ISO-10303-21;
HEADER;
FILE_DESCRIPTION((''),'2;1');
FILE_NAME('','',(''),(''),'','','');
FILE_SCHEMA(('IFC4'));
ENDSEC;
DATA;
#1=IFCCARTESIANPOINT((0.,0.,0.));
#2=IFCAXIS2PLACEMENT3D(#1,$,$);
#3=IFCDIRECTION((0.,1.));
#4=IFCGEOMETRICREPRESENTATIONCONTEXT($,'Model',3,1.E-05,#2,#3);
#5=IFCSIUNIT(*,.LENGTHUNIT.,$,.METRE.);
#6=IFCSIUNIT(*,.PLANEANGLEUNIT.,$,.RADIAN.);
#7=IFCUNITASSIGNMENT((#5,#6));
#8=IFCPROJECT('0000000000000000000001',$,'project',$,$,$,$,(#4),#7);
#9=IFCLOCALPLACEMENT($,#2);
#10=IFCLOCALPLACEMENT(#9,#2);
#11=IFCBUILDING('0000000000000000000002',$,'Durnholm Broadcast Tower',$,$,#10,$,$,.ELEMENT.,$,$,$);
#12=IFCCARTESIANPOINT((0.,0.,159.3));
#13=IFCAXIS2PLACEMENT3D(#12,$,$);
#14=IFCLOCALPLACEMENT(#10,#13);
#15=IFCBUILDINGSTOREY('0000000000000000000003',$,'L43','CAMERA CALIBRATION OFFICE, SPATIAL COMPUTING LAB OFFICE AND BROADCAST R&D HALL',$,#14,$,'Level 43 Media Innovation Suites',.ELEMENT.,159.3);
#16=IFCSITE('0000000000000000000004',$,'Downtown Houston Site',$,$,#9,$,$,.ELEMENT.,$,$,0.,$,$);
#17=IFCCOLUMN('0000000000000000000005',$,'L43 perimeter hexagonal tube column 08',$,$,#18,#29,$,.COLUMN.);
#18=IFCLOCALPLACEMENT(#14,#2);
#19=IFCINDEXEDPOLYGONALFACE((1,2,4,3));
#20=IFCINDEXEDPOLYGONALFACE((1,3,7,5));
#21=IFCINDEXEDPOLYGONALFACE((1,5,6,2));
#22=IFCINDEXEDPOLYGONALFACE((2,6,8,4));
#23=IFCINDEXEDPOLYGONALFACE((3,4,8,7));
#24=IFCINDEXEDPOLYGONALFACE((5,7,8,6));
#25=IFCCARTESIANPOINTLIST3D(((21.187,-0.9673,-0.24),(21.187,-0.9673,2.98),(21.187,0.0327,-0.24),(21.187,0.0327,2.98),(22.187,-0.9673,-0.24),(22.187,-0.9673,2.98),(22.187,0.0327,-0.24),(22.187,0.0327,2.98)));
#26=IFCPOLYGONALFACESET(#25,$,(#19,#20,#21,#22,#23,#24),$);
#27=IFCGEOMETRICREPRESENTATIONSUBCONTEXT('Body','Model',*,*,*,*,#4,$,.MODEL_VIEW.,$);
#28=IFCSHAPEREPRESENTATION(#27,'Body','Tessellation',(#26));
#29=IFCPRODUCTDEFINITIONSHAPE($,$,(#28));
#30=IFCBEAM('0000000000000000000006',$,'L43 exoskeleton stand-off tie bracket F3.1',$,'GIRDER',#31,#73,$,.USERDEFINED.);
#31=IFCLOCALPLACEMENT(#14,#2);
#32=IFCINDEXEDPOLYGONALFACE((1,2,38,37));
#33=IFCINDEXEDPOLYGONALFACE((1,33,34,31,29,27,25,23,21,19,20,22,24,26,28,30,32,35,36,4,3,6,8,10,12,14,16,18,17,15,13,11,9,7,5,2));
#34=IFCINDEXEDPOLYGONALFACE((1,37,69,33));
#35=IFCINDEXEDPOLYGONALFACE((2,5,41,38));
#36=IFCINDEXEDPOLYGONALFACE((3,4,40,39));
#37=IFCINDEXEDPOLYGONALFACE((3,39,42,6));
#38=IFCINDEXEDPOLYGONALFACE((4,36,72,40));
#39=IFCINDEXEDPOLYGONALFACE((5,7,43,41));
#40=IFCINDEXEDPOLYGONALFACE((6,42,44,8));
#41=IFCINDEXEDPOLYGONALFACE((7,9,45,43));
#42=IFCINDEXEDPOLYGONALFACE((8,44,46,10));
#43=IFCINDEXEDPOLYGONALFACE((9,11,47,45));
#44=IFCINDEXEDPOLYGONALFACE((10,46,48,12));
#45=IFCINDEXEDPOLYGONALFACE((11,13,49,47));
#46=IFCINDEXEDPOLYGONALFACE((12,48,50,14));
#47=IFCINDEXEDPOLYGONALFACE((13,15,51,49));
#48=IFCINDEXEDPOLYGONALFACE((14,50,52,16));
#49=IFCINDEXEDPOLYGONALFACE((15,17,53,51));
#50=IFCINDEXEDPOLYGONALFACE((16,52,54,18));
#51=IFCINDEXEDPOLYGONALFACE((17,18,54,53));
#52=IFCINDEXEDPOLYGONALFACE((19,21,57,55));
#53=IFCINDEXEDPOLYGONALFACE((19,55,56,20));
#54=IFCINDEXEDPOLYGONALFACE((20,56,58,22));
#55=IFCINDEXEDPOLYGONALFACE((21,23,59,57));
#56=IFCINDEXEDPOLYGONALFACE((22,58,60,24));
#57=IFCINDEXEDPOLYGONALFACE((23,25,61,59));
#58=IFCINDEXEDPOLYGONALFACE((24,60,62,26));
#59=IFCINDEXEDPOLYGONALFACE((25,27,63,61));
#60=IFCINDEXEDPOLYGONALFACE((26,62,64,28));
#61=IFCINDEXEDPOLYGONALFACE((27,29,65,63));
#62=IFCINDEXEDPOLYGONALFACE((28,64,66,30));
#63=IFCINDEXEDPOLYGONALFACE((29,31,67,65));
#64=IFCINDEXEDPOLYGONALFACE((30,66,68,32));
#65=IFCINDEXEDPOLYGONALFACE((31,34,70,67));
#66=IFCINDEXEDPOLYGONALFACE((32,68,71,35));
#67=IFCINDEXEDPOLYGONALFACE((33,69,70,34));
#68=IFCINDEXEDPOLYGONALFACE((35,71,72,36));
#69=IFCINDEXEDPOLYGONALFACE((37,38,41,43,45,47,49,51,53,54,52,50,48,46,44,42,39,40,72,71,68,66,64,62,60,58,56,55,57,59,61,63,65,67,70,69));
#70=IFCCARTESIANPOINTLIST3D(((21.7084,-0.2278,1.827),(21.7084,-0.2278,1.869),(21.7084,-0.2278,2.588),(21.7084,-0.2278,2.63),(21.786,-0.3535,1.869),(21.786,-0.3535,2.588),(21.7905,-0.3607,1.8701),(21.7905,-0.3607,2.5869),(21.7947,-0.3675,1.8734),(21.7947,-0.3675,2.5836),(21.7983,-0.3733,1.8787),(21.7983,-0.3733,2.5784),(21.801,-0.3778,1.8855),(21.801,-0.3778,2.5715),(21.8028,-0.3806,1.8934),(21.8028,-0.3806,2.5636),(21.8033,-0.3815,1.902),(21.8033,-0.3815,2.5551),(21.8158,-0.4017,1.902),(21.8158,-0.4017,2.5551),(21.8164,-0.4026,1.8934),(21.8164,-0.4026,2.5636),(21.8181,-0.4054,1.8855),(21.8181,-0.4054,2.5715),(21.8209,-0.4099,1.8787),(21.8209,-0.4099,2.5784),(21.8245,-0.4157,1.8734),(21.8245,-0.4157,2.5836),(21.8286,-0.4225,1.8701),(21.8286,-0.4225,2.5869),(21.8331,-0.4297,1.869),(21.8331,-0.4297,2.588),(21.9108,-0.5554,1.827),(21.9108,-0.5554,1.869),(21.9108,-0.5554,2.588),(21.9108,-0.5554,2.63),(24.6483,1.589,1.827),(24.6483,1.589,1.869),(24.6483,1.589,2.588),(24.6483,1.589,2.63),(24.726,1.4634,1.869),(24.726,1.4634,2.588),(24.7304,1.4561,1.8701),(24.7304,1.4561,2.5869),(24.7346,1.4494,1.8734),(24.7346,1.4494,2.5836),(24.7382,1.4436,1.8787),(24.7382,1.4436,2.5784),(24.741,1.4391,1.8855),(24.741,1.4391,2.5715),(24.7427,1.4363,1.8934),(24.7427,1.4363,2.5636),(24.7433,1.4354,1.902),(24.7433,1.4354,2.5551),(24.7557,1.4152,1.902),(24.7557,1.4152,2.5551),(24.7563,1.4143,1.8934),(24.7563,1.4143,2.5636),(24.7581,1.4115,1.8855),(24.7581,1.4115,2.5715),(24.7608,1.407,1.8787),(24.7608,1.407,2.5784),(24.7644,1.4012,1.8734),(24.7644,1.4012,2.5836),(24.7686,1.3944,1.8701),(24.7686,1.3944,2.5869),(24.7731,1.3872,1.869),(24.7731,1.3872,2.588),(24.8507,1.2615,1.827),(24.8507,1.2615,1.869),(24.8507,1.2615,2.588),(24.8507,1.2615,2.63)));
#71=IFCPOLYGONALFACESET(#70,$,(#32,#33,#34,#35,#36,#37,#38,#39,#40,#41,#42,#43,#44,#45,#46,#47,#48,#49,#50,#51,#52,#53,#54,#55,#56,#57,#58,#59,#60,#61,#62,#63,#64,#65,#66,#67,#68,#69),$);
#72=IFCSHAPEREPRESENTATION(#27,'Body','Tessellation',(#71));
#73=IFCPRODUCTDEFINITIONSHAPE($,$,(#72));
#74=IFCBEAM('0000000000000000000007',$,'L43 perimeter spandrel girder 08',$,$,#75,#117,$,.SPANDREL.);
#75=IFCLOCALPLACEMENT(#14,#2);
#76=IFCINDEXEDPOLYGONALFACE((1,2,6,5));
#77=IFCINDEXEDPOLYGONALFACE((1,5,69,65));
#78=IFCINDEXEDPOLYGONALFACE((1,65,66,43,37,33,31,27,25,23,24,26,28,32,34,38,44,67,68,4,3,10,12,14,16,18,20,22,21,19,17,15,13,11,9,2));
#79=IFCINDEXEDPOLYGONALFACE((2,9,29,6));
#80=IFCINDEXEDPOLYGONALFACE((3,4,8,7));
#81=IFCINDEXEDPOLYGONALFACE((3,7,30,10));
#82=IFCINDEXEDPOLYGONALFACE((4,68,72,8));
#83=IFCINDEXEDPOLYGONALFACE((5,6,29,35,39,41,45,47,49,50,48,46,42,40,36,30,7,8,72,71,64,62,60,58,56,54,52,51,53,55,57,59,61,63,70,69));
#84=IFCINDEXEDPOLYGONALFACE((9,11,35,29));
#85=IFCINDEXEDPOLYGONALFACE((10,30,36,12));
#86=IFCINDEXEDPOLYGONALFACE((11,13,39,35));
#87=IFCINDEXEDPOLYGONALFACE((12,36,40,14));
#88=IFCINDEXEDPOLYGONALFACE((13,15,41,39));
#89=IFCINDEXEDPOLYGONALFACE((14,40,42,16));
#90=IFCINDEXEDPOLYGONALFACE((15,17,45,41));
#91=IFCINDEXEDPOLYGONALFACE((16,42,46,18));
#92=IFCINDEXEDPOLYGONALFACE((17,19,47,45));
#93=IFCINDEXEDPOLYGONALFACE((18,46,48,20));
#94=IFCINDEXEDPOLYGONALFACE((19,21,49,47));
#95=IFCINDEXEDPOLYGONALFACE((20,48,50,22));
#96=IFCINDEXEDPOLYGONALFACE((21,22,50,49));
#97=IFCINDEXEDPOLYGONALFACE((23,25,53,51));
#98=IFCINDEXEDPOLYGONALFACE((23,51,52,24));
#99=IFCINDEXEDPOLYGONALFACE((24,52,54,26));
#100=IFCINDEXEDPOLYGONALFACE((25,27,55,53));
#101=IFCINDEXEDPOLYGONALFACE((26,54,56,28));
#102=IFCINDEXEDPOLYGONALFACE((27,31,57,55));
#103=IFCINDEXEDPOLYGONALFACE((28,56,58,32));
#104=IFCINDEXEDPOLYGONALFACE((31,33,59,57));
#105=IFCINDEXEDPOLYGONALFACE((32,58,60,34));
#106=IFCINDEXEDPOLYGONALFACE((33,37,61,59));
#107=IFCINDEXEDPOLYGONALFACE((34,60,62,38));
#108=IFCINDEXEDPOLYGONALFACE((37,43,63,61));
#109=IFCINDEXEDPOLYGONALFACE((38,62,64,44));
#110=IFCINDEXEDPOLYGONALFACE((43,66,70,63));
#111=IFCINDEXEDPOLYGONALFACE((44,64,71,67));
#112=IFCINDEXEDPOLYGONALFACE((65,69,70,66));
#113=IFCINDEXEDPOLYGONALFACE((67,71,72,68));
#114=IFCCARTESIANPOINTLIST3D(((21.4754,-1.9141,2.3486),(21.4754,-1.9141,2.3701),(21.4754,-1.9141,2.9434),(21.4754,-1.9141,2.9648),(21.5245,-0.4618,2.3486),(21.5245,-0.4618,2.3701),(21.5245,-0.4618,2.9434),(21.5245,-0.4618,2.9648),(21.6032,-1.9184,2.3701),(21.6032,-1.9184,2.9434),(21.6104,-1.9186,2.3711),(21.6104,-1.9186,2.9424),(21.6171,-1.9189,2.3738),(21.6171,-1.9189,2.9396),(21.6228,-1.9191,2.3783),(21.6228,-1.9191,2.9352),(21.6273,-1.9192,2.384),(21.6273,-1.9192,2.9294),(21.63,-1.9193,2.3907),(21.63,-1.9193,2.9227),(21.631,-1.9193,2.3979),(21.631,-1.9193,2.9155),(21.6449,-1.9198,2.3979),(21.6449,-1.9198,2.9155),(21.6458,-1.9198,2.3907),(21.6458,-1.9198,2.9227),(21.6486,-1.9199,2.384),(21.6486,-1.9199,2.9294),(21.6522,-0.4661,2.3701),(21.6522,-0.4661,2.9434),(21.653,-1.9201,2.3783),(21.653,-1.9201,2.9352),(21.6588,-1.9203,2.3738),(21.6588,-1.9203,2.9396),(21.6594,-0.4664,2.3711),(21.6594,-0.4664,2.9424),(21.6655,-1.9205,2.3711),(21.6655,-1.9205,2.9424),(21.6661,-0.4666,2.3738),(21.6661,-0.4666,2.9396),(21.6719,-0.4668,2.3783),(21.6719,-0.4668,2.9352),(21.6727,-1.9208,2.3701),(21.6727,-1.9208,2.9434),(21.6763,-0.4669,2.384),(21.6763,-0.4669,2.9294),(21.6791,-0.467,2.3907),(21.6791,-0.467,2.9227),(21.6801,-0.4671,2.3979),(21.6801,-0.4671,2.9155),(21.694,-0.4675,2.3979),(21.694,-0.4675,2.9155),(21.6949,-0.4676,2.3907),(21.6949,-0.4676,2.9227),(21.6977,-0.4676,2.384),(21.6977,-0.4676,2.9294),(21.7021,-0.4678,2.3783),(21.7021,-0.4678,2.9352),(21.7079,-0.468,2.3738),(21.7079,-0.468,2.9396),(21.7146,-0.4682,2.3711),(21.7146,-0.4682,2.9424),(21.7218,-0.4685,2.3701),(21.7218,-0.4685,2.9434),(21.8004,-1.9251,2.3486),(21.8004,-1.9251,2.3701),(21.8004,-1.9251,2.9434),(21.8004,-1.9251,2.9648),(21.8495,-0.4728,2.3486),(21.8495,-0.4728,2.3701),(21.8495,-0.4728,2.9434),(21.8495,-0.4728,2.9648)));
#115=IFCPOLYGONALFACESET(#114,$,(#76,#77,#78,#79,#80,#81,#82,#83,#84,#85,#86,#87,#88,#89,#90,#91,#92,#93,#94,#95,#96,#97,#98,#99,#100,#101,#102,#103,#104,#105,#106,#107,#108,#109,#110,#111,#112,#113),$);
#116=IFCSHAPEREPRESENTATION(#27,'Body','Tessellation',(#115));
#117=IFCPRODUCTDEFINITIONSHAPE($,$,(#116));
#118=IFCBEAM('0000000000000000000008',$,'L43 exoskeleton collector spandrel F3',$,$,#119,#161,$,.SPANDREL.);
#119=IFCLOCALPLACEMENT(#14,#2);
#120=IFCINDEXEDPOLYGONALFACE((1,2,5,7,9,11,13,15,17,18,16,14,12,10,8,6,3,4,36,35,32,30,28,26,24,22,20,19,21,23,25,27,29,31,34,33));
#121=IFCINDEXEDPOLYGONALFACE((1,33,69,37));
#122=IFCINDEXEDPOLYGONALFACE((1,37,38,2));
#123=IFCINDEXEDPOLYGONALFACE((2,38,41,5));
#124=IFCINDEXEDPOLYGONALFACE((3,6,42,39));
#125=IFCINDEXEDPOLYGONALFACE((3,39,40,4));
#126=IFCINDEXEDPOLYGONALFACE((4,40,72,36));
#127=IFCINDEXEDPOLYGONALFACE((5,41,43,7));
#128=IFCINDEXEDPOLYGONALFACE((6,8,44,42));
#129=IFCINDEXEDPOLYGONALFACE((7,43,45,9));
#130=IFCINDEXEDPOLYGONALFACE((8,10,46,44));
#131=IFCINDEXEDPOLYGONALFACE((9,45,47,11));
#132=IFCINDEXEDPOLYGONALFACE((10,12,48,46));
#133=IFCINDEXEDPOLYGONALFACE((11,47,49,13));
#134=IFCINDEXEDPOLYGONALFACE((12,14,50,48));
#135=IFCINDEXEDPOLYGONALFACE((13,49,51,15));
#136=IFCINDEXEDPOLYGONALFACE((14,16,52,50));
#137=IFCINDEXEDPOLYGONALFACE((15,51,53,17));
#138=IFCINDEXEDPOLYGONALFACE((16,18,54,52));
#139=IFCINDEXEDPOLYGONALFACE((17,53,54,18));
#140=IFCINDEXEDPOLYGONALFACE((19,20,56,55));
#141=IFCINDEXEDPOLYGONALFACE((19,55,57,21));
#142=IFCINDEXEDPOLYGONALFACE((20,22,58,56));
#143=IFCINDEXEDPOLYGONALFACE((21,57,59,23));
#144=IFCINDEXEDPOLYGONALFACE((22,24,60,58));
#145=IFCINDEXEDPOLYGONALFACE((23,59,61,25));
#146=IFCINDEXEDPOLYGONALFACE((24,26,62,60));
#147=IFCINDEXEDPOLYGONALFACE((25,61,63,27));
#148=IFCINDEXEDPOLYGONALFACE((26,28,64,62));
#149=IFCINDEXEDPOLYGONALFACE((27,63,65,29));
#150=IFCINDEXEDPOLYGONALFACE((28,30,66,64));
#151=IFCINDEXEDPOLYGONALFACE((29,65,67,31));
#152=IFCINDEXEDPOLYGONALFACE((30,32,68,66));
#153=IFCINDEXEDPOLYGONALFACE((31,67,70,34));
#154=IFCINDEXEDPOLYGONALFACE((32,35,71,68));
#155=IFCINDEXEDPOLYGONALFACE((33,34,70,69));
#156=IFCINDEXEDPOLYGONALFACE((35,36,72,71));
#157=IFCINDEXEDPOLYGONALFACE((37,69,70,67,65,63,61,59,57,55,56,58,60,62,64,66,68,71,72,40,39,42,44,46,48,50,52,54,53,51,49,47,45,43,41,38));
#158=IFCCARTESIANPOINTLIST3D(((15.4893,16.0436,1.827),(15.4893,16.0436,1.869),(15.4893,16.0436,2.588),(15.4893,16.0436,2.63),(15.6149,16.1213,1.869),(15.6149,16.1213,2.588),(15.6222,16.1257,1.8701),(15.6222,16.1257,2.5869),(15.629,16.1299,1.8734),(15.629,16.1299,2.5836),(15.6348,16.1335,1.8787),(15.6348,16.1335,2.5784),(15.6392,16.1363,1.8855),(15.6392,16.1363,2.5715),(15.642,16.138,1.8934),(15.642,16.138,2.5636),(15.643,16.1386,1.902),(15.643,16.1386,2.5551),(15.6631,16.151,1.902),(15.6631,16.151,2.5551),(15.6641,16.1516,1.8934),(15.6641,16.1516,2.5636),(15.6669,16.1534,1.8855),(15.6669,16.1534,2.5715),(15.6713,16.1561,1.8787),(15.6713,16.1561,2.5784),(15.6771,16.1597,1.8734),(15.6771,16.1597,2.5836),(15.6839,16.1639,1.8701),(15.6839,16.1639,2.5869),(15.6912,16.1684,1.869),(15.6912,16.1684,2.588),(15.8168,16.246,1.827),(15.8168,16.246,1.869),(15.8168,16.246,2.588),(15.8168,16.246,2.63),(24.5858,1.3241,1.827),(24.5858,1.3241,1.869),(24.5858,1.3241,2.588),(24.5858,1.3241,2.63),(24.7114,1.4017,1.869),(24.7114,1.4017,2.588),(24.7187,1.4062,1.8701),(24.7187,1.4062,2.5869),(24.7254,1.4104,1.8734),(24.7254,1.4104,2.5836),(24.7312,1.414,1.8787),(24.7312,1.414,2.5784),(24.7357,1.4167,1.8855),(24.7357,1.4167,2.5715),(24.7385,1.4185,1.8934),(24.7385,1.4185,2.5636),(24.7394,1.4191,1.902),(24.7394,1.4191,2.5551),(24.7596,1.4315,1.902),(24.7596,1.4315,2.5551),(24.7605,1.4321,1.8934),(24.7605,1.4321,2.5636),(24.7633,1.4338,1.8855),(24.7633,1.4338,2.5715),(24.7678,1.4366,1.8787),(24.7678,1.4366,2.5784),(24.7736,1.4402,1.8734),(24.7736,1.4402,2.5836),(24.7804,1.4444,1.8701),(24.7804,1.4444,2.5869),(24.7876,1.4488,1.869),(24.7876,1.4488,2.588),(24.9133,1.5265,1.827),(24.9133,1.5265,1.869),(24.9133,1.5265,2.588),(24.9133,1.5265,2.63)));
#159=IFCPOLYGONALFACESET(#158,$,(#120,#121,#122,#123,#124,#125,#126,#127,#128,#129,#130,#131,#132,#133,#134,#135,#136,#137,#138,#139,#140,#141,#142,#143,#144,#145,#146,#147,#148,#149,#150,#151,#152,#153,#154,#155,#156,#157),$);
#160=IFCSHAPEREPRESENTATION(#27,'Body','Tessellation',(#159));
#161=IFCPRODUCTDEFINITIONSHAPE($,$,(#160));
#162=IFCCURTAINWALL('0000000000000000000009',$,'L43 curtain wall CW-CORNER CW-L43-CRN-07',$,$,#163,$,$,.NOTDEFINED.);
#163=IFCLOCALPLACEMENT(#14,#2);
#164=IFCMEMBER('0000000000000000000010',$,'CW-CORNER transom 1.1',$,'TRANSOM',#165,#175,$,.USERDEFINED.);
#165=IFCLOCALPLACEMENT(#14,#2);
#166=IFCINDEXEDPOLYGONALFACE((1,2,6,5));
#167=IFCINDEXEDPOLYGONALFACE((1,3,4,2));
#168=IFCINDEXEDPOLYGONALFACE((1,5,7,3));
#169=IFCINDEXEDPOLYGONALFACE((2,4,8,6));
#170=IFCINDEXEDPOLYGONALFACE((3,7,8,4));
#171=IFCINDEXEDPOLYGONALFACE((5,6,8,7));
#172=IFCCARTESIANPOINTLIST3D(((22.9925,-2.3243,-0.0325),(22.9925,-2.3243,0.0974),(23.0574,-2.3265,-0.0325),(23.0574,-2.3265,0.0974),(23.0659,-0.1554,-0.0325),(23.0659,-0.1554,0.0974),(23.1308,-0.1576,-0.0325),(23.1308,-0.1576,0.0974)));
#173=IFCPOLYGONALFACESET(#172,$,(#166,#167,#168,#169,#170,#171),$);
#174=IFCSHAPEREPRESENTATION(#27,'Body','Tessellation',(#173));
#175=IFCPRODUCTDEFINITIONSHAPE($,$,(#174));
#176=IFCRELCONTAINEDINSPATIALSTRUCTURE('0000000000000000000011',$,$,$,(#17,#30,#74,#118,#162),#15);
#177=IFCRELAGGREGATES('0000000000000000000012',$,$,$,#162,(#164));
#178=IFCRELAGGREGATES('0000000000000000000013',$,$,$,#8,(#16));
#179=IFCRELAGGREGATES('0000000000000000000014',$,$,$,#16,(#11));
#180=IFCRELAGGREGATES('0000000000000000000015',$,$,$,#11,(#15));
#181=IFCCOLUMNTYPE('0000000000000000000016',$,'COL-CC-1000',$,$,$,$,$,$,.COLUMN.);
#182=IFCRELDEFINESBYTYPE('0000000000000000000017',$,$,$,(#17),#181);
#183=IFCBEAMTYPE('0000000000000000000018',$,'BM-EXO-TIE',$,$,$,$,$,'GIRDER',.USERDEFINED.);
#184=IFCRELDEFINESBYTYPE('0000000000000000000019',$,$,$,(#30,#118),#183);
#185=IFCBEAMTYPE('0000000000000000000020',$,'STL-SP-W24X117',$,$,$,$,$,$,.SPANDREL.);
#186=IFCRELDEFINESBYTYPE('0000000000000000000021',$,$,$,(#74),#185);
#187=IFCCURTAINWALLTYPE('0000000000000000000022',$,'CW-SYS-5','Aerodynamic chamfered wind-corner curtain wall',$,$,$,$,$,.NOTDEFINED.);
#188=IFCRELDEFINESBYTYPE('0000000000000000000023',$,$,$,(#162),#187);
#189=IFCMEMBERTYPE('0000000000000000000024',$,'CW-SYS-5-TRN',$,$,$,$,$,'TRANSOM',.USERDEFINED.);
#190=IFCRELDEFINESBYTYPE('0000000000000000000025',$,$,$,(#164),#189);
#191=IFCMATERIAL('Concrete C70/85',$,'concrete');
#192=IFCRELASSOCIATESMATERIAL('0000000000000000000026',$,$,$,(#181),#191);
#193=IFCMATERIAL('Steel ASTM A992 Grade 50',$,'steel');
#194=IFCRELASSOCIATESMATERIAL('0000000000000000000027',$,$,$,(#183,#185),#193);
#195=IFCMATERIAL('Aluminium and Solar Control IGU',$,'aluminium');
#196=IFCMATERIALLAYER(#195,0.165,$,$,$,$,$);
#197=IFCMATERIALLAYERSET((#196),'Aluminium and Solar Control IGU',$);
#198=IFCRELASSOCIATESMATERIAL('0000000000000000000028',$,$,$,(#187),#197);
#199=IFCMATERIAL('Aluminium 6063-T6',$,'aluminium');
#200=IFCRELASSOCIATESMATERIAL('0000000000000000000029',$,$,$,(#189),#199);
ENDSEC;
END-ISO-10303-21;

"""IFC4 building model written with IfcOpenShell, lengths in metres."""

from ifc_helpers import new_model, si_unit, direction, frame, origin, origin_2d, place, context, subcontext, project, spatial, rectangle, i_section, extrude, source, transform, mapped, material, layer, layer_set, material_profile, profile_set, type_object, type_shapes, element, aggregate, save


model = new_model("IFC4")

# Units and contexts
model_context = context("Model", 3, precision=1e-05, world=origin(), true_north=direction((0.0, 1.0)))
body_context = subcontext(model_context, "Body", "Model", "MODEL_VIEW")
ifc_project = project(units=[si_unit("LENGTHUNIT", "METRE"), si_unit("PLANEANGLEUNIT", "RADIAN")], contexts=[model_context])

# Site, building, storey
site_placement = place(None, origin())
site = spatial("IfcSite", under=ifc_project, at=site_placement, Name="Downtown Houston Site", CompositionType="ELEMENT", RefElevation=0.0)
building_placement = place(site_placement, origin())
building = spatial("IfcBuilding", under=site, at=building_placement, Name="Durnholm Broadcast Tower", CompositionType="ELEMENT")
storey_placement = place(building_placement, frame((0.0, 0.0, 159.3)))
storey = spatial("IfcBuildingStorey", under=building, at=storey_placement, Name="L43", Description="CAMERA CALIBRATION OFFICE, SPATIAL COMPUTING LAB OFFICE AND BROADCAST R&D HALL", LongName="Level 43 Media Innovation Suites", CompositionType="ELEMENT", Elevation=159.3)

# Column
ifc_material_1 = material(Name="Concrete C70/85", Category="concrete")
ifc_material_profile_1 = material_profile(ifc_material_1, rectangle(XDim=1.0, YDim=1.0, at=origin_2d()), Name="RC1000X1000")
ifc_profile_set_1 = profile_set([ifc_material_profile_1], Name="Concrete C70/85")
column_type = type_object("IfcColumnType", Name="COL-CC-1000", PredefinedType="COLUMN", material=ifc_profile_set_1)
shared_shape_1 = source(origin(), body_context, "Body", "SweptSolid", [
    extrude(rectangle(XDim=1.0, YDim=1.0, at=origin_2d()), origin(), (0.0, 0.0, 1.0), 3.22),
])
type_shapes(column_type, [shared_shape_1])
column_placement = place(storey_placement, frame((21.687, -0.4673, -0.24), z_axis=(0.0, 0.0, 1.0), x_axis=(1.0, 0.0, 0.0)))
element("IfcColumn", 1, at=column_placement, inside=storey, type_object=column_type, Name="L43 perimeter hexagonal tube column 08", PredefinedType="COLUMN", context=body_context, shape_type="MappedRepresentation", body=[
    mapped(shared_shape_1, transform((0.0, 0.0, 0.0), x_axis=(1.0, 0.0, 0.0), y_axis=(0.0, 1.0, 0.0), z_axis=(0.0, 0.0, 1.0), scale=1.0)),
])

# Beams
ifc_material_2 = material(Name="Steel ASTM A992 Grade 50", Category="steel")
ifc_material_profile_2 = material_profile(ifc_material_2, i_section(OverallWidth=0.385, OverallDepth=0.803, WebThickness=0.0237, FlangeThickness=0.042, FilletRadius=0.033, at=origin_2d()), Name="W30X261")
ifc_profile_set_2 = profile_set([ifc_material_profile_2], Name="Steel ASTM A992 Grade 50")
beam_type_1 = type_object("IfcBeamType", Name="BM-EXO-TIE", ElementType="GIRDER", PredefinedType="USERDEFINED", material=ifc_profile_set_2)
shared_shape_2 = source(origin(), body_context, "Body", "SweptSolid", [
    extrude(i_section(OverallWidth=0.385, OverallDepth=0.803, WebThickness=0.0237, FlangeThickness=0.042, FilletRadius=0.033, at=origin_2d()), origin(), (0.0, 0.0, 1.0), 3.4561),
])
beam_1_placement = place(storey_placement, frame((21.8096, -0.3916, 2.2285), z_axis=(0.850662, 0.525712, 0.0), x_axis=(-0.525712, 0.850662, 0.0)))
element("IfcBeam", 2, at=beam_1_placement, inside=storey, type_object=beam_type_1, Name="L43 exoskeleton stand-off tie bracket F3.1", ObjectType="GIRDER", PredefinedType="USERDEFINED", context=body_context, shape_type="MappedRepresentation", body=[
    mapped(shared_shape_2, transform((0.0, 0.0, 0.0), x_axis=(1.0, 0.0, 0.0), y_axis=(0.0, 1.0, 0.0), z_axis=(0.0, 0.0, 1.0), scale=1.0)),
])
ifc_material_profile_3 = material_profile(ifc_material_2, i_section(OverallWidth=0.3252, OverallDepth=0.6162, WebThickness=0.0139, FlangeThickness=0.0215, FilletRadius=0.0278, at=origin_2d()), Name="W24X117")
ifc_profile_set_3 = profile_set([ifc_material_profile_3], Name="Steel ASTM A992 Grade 50")
beam_type_2 = type_object("IfcBeamType", Name="STL-SP-W24X117", PredefinedType="SPANDREL", material=ifc_profile_set_3)
shared_shape_3 = source(origin(), body_context, "Body", "SweptSolid", [
    extrude(i_section(OverallWidth=0.3252, OverallDepth=0.6162, WebThickness=0.0139, FlangeThickness=0.0215, FilletRadius=0.0278, at=origin_2d()), origin(), (0.0, 0.0, 1.0), 1.4531),
])
type_shapes(beam_type_2, [shared_shape_3])
beam_2_placement = place(storey_placement, frame((21.687, -0.4673, 2.6567), z_axis=(-0.033768, -0.99943, 0.0), x_axis=(0.99943, -0.033768, 0.0)))
element("IfcBeam", 3, at=beam_2_placement, inside=storey, type_object=beam_type_2, Name="L43 perimeter spandrel girder 08", PredefinedType="SPANDREL", context=body_context, shape_type="MappedRepresentation", body=[
    mapped(shared_shape_3, transform((0.0, 0.0, 0.0), x_axis=(1.0, 0.0, 0.0), y_axis=(0.0, 1.0, 0.0), z_axis=(0.0, 0.0, 1.0), scale=1.0)),
])
shared_shape_4 = source(origin(), body_context, "Body", "SweptSolid", [
    extrude(i_section(OverallWidth=0.385, OverallDepth=0.803, WebThickness=0.0237, FlangeThickness=0.042, FilletRadius=0.033, at=origin_2d()), origin(), (0.0, 0.0, 1.0), 17.3035),
])
type_shapes(beam_type_1, [shared_shape_2, shared_shape_4])
beam_3_placement = place(storey_placement, frame((24.7495, 1.4253, 2.2285), z_axis=(-0.525702, 0.850669, 0.0), x_axis=(-0.850669, -0.525702, 0.0)))
element("IfcBeam", 4, at=beam_3_placement, inside=storey, type_object=beam_type_1, Name="L43 exoskeleton collector spandrel F3", PredefinedType="SPANDREL", context=body_context, shape_type="MappedRepresentation", body=[
    mapped(shared_shape_4, transform((0.0, 0.0, 0.0), x_axis=(1.0, 0.0, 0.0), y_axis=(0.0, 1.0, 0.0), z_axis=(0.0, 0.0, 1.0), scale=1.0)),
])

# Curtain wall, member
ifc_material_3 = material(Name="Aluminium and Solar Control IGU", Category="aluminium")
ifc_layer_1 = layer(ifc_material_3, 0.165)
ifc_layer_set_1 = layer_set([ifc_layer_1], Name="Aluminium and Solar Control IGU")
curtain_wall_type_1 = type_object("IfcCurtainWallType", Name="CW-SYS-5", Description="Aerodynamic chamfered wind-corner curtain wall", PredefinedType="NOTDEFINED", material=ifc_layer_set_1)
curtain_wall_1_placement = place(storey_placement, origin())
curtain_wall_1 = element("IfcCurtainWall", 5, at=curtain_wall_1_placement, inside=storey, type_object=curtain_wall_type_1, Name="L43 curtain wall CW-CORNER CW-L43-CRN-07", PredefinedType="NOTDEFINED")
ifc_material_4 = material(Name="Aluminium 6063-T6", Category="aluminium")
ifc_material_profile_4 = material_profile(ifc_material_4, rectangle(XDim=0.0649, YDim=0.1299, at=origin_2d()), Name="CWT65X130")
ifc_profile_set_4 = profile_set([ifc_material_profile_4], Name="Aluminium 6063-T6")
member_type_1 = type_object("IfcMemberType", Name="CW-SYS-5-TRN", ElementType="TRANSOM", PredefinedType="USERDEFINED", material=ifc_profile_set_4)
shared_shape_5 = source(origin(), body_context, "Body", "SweptSolid", [
    extrude(rectangle(XDim=0.0649, YDim=0.1299, at=origin_2d()), origin(), (0.0, 0.0, 1.0), 2.1702),
])
type_shapes(member_type_1, [shared_shape_5])
member_1_placement = place(storey_placement, frame((23.0984, -0.1565, 0.0325), z_axis=(-0.033862, -0.999427, 0.0), x_axis=(0.999427, -0.033862, 0.0)))
member_1 = element("IfcMember", 6, at=member_1_placement, type_object=member_type_1, Name="CW-CORNER transom 1.1", ObjectType="TRANSOM", PredefinedType="USERDEFINED", context=body_context, shape_type="MappedRepresentation", body=[
    mapped(shared_shape_5, transform((0.0, 0.0, 0.0), x_axis=(1.0, 0.0, 0.0), y_axis=(0.0, 1.0, 0.0), z_axis=(0.0, 0.0, 1.0), scale=1.0)),
])

aggregate(curtain_wall_1, [member_1])

save(model, "model.ifc")
